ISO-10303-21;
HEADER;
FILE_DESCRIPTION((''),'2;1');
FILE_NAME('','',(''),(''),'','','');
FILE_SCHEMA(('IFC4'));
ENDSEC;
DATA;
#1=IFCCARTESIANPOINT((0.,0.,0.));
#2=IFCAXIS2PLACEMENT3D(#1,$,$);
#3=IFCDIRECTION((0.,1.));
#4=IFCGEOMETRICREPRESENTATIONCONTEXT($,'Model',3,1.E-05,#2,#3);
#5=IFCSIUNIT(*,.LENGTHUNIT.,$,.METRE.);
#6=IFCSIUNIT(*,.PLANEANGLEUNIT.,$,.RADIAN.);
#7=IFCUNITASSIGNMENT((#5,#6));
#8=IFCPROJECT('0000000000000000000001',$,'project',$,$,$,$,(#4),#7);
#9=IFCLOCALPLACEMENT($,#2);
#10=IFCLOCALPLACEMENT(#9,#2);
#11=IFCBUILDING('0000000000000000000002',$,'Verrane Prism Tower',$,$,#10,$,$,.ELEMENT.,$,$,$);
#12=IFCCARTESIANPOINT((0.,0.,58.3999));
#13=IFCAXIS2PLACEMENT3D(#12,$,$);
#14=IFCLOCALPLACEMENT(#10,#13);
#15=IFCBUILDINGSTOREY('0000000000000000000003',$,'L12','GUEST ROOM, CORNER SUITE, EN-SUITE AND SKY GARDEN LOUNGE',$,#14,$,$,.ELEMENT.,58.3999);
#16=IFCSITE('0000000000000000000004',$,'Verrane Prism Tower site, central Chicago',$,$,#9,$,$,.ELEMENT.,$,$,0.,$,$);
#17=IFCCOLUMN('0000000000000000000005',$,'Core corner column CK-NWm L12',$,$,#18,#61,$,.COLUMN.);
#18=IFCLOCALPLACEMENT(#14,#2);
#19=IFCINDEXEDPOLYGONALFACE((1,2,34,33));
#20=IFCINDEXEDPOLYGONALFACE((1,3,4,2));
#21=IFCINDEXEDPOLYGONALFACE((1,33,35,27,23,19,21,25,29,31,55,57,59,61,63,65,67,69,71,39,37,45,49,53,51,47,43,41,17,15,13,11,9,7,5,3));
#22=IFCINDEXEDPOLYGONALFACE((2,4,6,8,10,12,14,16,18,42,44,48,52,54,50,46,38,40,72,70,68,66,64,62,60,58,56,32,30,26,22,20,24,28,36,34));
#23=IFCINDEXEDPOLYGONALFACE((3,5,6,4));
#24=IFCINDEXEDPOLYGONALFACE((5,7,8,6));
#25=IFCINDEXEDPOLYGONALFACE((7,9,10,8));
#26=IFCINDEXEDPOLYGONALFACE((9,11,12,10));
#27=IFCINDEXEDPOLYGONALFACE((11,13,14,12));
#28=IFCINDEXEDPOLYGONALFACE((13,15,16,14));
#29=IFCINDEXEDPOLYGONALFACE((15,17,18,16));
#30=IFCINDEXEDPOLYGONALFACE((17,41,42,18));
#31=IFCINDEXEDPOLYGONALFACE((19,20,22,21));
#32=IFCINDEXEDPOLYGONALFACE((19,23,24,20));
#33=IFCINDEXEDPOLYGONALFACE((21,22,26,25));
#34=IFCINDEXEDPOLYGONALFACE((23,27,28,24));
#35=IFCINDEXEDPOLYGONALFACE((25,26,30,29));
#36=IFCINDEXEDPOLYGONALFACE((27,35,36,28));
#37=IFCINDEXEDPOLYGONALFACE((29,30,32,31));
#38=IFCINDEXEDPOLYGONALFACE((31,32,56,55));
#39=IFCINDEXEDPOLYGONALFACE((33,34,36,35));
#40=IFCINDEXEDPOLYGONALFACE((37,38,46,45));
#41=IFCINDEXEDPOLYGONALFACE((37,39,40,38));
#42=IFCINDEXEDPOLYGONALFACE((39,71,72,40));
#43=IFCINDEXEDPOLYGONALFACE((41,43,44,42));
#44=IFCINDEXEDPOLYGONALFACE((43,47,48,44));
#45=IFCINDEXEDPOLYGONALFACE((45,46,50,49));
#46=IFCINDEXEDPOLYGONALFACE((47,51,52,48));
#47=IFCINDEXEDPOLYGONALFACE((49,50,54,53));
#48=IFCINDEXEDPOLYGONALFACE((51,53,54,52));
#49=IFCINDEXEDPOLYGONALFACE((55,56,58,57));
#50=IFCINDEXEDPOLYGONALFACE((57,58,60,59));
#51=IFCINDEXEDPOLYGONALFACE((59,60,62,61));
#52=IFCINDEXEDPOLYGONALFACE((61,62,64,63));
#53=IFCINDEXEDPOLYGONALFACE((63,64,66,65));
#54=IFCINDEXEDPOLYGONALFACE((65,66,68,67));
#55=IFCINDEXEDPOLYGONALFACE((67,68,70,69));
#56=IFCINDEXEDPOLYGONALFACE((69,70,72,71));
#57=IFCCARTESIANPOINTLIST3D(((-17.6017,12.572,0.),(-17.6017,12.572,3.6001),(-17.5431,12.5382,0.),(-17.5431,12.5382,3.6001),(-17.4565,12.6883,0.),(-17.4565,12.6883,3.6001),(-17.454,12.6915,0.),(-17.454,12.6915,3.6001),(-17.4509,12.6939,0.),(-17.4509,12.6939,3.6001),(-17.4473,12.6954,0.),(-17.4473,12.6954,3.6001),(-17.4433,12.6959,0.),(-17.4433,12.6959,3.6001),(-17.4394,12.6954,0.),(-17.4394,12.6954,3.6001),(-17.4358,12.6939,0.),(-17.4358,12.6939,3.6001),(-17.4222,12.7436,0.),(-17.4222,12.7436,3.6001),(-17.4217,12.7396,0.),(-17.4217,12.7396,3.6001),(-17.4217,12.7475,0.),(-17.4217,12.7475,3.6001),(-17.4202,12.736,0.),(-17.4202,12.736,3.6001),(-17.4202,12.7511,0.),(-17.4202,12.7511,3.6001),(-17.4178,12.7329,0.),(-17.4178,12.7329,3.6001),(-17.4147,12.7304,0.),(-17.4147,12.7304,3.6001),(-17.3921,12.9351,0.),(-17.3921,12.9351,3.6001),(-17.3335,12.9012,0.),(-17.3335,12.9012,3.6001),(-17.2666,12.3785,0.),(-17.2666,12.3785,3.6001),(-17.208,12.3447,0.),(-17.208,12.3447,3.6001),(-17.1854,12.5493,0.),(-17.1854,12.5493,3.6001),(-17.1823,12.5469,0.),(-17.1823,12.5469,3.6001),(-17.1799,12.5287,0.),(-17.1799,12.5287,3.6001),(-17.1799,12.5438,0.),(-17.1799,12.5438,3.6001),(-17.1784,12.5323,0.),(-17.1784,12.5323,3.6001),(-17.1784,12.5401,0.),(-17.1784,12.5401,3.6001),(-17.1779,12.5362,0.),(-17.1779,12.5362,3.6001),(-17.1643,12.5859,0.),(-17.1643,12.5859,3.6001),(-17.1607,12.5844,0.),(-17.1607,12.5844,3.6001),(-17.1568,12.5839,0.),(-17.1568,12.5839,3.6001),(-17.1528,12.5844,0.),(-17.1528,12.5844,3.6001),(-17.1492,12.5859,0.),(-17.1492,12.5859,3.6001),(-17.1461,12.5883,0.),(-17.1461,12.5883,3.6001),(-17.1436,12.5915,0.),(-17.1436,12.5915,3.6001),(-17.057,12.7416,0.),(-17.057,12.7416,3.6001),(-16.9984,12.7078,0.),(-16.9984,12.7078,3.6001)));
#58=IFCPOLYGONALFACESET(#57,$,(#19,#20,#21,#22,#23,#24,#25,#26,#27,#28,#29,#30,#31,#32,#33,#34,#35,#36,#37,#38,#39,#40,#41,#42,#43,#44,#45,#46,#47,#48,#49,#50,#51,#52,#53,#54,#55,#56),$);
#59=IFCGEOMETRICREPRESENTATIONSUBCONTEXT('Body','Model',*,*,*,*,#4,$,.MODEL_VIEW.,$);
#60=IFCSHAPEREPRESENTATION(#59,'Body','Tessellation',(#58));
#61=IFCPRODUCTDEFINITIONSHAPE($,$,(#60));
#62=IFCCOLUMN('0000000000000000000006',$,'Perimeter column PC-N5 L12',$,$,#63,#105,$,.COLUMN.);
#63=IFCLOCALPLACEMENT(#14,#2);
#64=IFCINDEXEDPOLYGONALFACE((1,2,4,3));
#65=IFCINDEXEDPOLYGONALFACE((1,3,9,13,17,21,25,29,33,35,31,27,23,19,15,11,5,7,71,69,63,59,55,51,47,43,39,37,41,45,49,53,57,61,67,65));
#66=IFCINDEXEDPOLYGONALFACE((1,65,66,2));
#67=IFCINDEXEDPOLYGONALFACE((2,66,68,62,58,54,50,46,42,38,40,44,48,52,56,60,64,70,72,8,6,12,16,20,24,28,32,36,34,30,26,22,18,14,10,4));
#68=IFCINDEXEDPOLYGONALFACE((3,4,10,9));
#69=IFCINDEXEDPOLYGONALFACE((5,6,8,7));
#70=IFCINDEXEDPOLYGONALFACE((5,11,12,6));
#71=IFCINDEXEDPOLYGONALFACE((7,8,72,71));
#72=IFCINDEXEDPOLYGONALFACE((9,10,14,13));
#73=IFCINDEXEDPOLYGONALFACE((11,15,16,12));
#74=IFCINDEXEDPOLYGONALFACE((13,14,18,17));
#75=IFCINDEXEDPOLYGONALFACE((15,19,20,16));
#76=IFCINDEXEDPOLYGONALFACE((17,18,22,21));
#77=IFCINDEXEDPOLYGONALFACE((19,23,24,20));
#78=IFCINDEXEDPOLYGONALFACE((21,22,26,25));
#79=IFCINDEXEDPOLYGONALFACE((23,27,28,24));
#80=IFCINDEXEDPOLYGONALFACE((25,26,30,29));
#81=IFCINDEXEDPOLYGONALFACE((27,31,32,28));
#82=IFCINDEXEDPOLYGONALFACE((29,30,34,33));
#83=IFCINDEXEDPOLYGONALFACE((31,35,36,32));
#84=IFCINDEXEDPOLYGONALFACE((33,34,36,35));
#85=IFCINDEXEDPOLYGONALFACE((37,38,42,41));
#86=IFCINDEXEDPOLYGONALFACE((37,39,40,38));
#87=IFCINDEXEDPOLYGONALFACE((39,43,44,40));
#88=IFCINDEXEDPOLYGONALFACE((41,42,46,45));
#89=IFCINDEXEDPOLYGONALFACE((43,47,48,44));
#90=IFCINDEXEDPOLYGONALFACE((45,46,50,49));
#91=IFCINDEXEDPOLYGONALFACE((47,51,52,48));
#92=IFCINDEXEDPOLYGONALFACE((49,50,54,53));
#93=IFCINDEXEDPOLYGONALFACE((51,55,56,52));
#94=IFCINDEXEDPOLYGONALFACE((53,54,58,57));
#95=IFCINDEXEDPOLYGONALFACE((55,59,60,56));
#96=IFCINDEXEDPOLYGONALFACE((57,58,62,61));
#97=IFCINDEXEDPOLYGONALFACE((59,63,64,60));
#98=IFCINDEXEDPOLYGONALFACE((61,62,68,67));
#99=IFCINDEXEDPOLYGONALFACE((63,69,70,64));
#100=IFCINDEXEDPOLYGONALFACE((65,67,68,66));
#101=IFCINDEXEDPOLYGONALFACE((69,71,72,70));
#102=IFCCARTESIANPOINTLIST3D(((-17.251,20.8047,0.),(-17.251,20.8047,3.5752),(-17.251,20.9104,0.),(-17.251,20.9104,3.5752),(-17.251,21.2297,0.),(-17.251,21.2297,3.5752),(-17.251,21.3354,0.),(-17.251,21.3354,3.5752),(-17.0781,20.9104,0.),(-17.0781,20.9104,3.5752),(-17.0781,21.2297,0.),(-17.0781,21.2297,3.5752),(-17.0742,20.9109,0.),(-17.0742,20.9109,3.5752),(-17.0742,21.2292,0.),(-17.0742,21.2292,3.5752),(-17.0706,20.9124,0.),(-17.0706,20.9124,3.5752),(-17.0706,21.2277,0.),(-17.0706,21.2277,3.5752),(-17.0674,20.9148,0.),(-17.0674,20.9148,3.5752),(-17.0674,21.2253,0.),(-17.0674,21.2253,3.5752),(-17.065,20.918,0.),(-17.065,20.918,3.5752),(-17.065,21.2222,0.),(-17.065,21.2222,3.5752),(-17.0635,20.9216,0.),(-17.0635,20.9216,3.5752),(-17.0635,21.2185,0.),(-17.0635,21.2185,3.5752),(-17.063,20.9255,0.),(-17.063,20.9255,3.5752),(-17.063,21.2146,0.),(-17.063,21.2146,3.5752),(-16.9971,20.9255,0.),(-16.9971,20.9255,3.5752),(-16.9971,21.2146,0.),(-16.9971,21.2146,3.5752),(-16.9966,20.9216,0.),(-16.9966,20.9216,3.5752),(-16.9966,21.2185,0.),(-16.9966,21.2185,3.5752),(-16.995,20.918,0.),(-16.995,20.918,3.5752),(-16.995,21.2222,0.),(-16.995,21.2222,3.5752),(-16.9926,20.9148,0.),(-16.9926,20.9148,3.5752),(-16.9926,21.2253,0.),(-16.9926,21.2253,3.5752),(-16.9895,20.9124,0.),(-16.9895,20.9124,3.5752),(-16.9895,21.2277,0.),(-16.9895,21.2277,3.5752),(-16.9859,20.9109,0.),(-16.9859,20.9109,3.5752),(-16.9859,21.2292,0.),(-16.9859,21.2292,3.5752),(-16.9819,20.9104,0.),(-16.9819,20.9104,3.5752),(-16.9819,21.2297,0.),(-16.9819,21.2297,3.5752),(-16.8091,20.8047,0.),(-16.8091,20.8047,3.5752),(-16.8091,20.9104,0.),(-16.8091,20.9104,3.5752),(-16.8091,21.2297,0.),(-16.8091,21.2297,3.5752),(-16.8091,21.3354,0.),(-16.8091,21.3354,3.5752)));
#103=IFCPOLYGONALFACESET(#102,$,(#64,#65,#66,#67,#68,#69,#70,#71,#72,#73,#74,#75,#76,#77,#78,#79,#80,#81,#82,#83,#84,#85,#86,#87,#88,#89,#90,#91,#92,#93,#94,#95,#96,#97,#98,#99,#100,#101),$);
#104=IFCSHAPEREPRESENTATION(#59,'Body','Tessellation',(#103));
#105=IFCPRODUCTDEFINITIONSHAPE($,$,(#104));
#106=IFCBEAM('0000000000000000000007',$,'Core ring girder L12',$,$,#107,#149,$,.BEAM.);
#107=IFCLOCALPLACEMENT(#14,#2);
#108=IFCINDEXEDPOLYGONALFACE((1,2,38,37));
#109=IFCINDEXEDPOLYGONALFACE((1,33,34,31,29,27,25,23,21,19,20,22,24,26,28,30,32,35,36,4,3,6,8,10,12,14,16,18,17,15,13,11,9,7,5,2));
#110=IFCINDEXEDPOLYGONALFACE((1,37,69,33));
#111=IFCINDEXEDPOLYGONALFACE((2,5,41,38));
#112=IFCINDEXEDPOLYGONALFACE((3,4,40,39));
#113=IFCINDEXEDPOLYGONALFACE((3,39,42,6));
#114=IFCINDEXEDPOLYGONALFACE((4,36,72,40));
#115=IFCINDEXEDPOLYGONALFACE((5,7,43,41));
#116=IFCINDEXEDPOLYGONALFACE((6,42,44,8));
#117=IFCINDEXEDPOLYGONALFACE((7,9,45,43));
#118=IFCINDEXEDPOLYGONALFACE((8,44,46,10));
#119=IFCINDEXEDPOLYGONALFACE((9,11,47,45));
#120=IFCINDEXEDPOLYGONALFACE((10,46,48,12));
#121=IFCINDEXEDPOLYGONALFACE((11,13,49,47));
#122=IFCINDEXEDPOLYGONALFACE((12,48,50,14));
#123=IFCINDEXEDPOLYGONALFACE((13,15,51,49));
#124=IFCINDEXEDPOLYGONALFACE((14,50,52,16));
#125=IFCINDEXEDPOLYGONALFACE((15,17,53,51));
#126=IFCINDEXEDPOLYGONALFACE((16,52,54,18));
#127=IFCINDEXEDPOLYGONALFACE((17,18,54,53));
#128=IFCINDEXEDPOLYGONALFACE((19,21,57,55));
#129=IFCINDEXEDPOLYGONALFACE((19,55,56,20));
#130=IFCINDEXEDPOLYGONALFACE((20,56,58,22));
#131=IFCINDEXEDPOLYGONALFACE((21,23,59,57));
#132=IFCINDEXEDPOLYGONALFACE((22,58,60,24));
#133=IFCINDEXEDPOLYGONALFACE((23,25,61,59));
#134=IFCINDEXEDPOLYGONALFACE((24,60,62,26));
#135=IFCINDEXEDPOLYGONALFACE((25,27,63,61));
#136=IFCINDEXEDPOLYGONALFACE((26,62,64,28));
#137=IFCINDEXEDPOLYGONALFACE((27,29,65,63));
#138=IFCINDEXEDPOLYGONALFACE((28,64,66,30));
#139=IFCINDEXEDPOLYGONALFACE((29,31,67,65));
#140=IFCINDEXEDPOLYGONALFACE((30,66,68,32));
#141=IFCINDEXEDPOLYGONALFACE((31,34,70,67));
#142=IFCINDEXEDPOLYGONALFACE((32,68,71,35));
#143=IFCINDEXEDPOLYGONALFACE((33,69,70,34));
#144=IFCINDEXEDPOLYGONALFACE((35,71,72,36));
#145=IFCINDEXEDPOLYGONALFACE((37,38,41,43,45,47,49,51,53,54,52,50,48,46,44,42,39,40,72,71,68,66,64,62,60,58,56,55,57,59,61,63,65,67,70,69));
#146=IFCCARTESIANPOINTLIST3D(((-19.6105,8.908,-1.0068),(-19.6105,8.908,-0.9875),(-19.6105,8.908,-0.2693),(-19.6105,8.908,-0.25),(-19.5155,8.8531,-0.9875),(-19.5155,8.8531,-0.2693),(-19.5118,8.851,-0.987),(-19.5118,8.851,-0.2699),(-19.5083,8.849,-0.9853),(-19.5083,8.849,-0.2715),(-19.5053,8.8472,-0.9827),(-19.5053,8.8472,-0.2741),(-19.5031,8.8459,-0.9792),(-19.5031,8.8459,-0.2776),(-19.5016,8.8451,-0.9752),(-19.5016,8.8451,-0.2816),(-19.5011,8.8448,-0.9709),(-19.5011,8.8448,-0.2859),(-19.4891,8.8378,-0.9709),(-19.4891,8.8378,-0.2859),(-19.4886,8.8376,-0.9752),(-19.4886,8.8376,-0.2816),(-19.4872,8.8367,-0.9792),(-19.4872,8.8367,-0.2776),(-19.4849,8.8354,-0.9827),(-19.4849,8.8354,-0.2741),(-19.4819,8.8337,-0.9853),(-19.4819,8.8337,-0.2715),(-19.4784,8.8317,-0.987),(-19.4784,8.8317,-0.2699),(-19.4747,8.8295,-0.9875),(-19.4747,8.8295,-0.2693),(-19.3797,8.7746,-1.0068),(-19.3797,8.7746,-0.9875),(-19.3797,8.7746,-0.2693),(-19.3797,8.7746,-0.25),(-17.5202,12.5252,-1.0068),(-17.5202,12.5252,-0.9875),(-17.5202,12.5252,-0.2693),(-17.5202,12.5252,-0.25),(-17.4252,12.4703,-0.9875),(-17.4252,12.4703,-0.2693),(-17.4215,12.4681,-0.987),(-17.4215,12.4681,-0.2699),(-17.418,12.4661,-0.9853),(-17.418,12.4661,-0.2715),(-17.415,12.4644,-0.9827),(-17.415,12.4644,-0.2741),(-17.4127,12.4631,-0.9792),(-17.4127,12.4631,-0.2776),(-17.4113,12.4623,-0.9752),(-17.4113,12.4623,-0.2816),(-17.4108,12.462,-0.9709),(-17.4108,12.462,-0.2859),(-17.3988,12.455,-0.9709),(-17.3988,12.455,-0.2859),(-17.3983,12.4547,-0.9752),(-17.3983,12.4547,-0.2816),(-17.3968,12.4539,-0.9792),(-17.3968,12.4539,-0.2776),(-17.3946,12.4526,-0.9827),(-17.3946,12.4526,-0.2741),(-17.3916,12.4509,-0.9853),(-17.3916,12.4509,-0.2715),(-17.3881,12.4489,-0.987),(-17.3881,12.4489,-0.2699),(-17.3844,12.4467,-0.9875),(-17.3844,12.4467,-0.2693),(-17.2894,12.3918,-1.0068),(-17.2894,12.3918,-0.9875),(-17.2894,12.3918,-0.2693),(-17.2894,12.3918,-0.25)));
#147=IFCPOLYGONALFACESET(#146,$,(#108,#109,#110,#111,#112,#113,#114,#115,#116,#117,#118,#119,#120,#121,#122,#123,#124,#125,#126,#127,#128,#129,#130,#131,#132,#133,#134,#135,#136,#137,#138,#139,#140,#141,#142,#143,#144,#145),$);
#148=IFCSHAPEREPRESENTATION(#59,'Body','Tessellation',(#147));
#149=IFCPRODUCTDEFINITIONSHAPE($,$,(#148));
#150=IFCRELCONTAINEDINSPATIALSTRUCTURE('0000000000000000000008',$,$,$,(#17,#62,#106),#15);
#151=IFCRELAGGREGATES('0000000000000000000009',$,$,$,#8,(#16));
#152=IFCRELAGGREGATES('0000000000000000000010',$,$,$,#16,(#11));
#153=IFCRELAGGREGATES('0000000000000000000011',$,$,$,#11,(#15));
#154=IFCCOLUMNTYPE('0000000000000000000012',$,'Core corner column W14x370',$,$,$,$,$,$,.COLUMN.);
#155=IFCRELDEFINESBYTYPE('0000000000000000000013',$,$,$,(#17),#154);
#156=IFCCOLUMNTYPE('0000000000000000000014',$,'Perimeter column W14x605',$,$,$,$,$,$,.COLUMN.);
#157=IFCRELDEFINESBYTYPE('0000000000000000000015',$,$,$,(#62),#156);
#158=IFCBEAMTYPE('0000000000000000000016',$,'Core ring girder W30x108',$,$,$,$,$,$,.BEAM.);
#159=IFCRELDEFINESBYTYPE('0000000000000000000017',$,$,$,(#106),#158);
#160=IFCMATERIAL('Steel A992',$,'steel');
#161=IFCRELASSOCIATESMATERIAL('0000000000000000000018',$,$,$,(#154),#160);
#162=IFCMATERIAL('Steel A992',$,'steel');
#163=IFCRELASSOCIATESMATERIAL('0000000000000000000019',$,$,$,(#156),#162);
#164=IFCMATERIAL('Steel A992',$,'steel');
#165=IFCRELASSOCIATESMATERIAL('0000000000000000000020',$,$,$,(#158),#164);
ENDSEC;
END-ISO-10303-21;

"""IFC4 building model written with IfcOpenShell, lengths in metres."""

from ifc_helpers import new_model, si_unit, direction, frame, origin, origin_2d, place, context, subcontext, project, spatial, i_section, extrude, material, material_profile, profile_set, type_object, element, save


model = new_model("IFC4")

# Units and contexts
model_context = context("Model", 3, precision=1e-05, world=origin(), true_north=direction((0.0, 1.0)))
body_context = subcontext(model_context, "Body", "Model", "MODEL_VIEW")
ifc_project = project(units=[si_unit("LENGTHUNIT", "METRE"), si_unit("PLANEANGLEUNIT", "RADIAN")], contexts=[model_context])

# Site, building, storey
site_placement = place(None, origin())
site = spatial("IfcSite", under=ifc_project, at=site_placement, Name="Verrane Prism Tower site, central Chicago", CompositionType="ELEMENT", RefElevation=0.0)
building_placement = place(site_placement, origin())
building = spatial("IfcBuilding", under=site, at=building_placement, Name="Verrane Prism Tower", CompositionType="ELEMENT")
storey_placement = place(building_placement, frame((0.0, 0.0, 58.3999)))
storey = spatial("IfcBuildingStorey", under=building, at=storey_placement, Name="L12", Description="GUEST ROOM, CORNER SUITE, EN-SUITE AND SKY GARDEN LOUNGE", CompositionType="ELEMENT", Elevation=58.3999)

# Columns
ifc_material_1 = material(Name="Steel A992", Category="steel")
ifc_material_profile_1 = material_profile(ifc_material_1, i_section(OverallWidth=0.4192, OverallDepth=0.4546, WebThickness=0.0422, FlangeThickness=0.0676, FilletRadius=0.0151, at=origin_2d()), Name="W14x370")
ifc_profile_set_1 = profile_set([ifc_material_profile_1], Name="Steel A992")
column_type_1 = type_object("IfcColumnType", Name="Core corner column W14x370", PredefinedType="COLUMN", material=ifc_profile_set_1)
column_1_placement = place(storey_placement, frame((-17.3, 12.6399, 0.0), z_axis=(0.0, 0.0, 1.0), x_axis=(0.5, 0.866025, 0.0)))
element("IfcColumn", 1, at=column_1_placement, inside=storey, type_object=column_type_1, Name="Core corner column CK-NWm L12", PredefinedType="COLUMN", context=body_context, shape_type="SweptSolid", body=[
    extrude(i_section(OverallWidth=0.4192, OverallDepth=0.4546, WebThickness=0.0422, FlangeThickness=0.0676, FilletRadius=0.0151, at=origin_2d()), origin(), (0.0, 0.0, 1.0), 3.6001),
])
ifc_material_2 = material(Name="Steel A992", Category="steel")
ifc_material_profile_2 = material_profile(ifc_material_2, i_section(OverallWidth=0.4419, OverallDepth=0.5308, WebThickness=0.0659, FlangeThickness=0.1057, FilletRadius=0.0151, at=origin_2d()), Name="W14x605")
ifc_profile_set_2 = profile_set([ifc_material_profile_2], Name="Steel A992")
column_type_2 = type_object("IfcColumnType", Name="Perimeter column W14x605", PredefinedType="COLUMN", material=ifc_profile_set_2)
column_2_placement = place(storey_placement, frame((-17.03, 21.0701, 0.0), z_axis=(0.0, 0.0, 1.0), x_axis=(1.0, 0.0, 0.0)))
element("IfcColumn", 2, at=column_2_placement, inside=storey, type_object=column_type_2, Name="Perimeter column PC-N5 L12", PredefinedType="COLUMN", context=body_context, shape_type="SweptSolid", body=[
    extrude(i_section(OverallWidth=0.4419, OverallDepth=0.5308, WebThickness=0.0659, FlangeThickness=0.1057, FilletRadius=0.0151, at=origin_2d()), origin(), (0.0, 0.0, 1.0), 3.5752),
])

# Beam
ifc_material_3 = material(Name="Steel A992", Category="steel")
ifc_material_profile_3 = material_profile(ifc_material_3, i_section(OverallWidth=0.2666, OverallDepth=0.7568, WebThickness=0.0139, FlangeThickness=0.0193, FilletRadius=0.0166, at=origin_2d()), Name="W30x108")
ifc_profile_set_3 = profile_set([ifc_material_profile_3], Name="Steel A992")
beam_type_1 = type_object("IfcBeamType", Name="Core ring girder W30x108", PredefinedType="BEAM", material=ifc_profile_set_3)
beam_1_placement = place(storey_placement, frame((-17.4048, 12.4585, -0.6284), z_axis=(-0.50035, -0.865823, 0.0), x_axis=(0.865823, -0.50035, 0.0)))
element("IfcBeam", 3, at=beam_1_placement, inside=storey, type_object=beam_type_1, Name="Core ring girder L12", PredefinedType="BEAM", context=body_context, shape_type="SweptSolid", body=[
    extrude(i_section(OverallWidth=0.2666, OverallDepth=0.7568, WebThickness=0.0139, FlangeThickness=0.0193, FilletRadius=0.0166, at=origin_2d()), origin(), (0.0, 0.0, 1.0), 4.1777),
])

save(model, "model.ifc")
